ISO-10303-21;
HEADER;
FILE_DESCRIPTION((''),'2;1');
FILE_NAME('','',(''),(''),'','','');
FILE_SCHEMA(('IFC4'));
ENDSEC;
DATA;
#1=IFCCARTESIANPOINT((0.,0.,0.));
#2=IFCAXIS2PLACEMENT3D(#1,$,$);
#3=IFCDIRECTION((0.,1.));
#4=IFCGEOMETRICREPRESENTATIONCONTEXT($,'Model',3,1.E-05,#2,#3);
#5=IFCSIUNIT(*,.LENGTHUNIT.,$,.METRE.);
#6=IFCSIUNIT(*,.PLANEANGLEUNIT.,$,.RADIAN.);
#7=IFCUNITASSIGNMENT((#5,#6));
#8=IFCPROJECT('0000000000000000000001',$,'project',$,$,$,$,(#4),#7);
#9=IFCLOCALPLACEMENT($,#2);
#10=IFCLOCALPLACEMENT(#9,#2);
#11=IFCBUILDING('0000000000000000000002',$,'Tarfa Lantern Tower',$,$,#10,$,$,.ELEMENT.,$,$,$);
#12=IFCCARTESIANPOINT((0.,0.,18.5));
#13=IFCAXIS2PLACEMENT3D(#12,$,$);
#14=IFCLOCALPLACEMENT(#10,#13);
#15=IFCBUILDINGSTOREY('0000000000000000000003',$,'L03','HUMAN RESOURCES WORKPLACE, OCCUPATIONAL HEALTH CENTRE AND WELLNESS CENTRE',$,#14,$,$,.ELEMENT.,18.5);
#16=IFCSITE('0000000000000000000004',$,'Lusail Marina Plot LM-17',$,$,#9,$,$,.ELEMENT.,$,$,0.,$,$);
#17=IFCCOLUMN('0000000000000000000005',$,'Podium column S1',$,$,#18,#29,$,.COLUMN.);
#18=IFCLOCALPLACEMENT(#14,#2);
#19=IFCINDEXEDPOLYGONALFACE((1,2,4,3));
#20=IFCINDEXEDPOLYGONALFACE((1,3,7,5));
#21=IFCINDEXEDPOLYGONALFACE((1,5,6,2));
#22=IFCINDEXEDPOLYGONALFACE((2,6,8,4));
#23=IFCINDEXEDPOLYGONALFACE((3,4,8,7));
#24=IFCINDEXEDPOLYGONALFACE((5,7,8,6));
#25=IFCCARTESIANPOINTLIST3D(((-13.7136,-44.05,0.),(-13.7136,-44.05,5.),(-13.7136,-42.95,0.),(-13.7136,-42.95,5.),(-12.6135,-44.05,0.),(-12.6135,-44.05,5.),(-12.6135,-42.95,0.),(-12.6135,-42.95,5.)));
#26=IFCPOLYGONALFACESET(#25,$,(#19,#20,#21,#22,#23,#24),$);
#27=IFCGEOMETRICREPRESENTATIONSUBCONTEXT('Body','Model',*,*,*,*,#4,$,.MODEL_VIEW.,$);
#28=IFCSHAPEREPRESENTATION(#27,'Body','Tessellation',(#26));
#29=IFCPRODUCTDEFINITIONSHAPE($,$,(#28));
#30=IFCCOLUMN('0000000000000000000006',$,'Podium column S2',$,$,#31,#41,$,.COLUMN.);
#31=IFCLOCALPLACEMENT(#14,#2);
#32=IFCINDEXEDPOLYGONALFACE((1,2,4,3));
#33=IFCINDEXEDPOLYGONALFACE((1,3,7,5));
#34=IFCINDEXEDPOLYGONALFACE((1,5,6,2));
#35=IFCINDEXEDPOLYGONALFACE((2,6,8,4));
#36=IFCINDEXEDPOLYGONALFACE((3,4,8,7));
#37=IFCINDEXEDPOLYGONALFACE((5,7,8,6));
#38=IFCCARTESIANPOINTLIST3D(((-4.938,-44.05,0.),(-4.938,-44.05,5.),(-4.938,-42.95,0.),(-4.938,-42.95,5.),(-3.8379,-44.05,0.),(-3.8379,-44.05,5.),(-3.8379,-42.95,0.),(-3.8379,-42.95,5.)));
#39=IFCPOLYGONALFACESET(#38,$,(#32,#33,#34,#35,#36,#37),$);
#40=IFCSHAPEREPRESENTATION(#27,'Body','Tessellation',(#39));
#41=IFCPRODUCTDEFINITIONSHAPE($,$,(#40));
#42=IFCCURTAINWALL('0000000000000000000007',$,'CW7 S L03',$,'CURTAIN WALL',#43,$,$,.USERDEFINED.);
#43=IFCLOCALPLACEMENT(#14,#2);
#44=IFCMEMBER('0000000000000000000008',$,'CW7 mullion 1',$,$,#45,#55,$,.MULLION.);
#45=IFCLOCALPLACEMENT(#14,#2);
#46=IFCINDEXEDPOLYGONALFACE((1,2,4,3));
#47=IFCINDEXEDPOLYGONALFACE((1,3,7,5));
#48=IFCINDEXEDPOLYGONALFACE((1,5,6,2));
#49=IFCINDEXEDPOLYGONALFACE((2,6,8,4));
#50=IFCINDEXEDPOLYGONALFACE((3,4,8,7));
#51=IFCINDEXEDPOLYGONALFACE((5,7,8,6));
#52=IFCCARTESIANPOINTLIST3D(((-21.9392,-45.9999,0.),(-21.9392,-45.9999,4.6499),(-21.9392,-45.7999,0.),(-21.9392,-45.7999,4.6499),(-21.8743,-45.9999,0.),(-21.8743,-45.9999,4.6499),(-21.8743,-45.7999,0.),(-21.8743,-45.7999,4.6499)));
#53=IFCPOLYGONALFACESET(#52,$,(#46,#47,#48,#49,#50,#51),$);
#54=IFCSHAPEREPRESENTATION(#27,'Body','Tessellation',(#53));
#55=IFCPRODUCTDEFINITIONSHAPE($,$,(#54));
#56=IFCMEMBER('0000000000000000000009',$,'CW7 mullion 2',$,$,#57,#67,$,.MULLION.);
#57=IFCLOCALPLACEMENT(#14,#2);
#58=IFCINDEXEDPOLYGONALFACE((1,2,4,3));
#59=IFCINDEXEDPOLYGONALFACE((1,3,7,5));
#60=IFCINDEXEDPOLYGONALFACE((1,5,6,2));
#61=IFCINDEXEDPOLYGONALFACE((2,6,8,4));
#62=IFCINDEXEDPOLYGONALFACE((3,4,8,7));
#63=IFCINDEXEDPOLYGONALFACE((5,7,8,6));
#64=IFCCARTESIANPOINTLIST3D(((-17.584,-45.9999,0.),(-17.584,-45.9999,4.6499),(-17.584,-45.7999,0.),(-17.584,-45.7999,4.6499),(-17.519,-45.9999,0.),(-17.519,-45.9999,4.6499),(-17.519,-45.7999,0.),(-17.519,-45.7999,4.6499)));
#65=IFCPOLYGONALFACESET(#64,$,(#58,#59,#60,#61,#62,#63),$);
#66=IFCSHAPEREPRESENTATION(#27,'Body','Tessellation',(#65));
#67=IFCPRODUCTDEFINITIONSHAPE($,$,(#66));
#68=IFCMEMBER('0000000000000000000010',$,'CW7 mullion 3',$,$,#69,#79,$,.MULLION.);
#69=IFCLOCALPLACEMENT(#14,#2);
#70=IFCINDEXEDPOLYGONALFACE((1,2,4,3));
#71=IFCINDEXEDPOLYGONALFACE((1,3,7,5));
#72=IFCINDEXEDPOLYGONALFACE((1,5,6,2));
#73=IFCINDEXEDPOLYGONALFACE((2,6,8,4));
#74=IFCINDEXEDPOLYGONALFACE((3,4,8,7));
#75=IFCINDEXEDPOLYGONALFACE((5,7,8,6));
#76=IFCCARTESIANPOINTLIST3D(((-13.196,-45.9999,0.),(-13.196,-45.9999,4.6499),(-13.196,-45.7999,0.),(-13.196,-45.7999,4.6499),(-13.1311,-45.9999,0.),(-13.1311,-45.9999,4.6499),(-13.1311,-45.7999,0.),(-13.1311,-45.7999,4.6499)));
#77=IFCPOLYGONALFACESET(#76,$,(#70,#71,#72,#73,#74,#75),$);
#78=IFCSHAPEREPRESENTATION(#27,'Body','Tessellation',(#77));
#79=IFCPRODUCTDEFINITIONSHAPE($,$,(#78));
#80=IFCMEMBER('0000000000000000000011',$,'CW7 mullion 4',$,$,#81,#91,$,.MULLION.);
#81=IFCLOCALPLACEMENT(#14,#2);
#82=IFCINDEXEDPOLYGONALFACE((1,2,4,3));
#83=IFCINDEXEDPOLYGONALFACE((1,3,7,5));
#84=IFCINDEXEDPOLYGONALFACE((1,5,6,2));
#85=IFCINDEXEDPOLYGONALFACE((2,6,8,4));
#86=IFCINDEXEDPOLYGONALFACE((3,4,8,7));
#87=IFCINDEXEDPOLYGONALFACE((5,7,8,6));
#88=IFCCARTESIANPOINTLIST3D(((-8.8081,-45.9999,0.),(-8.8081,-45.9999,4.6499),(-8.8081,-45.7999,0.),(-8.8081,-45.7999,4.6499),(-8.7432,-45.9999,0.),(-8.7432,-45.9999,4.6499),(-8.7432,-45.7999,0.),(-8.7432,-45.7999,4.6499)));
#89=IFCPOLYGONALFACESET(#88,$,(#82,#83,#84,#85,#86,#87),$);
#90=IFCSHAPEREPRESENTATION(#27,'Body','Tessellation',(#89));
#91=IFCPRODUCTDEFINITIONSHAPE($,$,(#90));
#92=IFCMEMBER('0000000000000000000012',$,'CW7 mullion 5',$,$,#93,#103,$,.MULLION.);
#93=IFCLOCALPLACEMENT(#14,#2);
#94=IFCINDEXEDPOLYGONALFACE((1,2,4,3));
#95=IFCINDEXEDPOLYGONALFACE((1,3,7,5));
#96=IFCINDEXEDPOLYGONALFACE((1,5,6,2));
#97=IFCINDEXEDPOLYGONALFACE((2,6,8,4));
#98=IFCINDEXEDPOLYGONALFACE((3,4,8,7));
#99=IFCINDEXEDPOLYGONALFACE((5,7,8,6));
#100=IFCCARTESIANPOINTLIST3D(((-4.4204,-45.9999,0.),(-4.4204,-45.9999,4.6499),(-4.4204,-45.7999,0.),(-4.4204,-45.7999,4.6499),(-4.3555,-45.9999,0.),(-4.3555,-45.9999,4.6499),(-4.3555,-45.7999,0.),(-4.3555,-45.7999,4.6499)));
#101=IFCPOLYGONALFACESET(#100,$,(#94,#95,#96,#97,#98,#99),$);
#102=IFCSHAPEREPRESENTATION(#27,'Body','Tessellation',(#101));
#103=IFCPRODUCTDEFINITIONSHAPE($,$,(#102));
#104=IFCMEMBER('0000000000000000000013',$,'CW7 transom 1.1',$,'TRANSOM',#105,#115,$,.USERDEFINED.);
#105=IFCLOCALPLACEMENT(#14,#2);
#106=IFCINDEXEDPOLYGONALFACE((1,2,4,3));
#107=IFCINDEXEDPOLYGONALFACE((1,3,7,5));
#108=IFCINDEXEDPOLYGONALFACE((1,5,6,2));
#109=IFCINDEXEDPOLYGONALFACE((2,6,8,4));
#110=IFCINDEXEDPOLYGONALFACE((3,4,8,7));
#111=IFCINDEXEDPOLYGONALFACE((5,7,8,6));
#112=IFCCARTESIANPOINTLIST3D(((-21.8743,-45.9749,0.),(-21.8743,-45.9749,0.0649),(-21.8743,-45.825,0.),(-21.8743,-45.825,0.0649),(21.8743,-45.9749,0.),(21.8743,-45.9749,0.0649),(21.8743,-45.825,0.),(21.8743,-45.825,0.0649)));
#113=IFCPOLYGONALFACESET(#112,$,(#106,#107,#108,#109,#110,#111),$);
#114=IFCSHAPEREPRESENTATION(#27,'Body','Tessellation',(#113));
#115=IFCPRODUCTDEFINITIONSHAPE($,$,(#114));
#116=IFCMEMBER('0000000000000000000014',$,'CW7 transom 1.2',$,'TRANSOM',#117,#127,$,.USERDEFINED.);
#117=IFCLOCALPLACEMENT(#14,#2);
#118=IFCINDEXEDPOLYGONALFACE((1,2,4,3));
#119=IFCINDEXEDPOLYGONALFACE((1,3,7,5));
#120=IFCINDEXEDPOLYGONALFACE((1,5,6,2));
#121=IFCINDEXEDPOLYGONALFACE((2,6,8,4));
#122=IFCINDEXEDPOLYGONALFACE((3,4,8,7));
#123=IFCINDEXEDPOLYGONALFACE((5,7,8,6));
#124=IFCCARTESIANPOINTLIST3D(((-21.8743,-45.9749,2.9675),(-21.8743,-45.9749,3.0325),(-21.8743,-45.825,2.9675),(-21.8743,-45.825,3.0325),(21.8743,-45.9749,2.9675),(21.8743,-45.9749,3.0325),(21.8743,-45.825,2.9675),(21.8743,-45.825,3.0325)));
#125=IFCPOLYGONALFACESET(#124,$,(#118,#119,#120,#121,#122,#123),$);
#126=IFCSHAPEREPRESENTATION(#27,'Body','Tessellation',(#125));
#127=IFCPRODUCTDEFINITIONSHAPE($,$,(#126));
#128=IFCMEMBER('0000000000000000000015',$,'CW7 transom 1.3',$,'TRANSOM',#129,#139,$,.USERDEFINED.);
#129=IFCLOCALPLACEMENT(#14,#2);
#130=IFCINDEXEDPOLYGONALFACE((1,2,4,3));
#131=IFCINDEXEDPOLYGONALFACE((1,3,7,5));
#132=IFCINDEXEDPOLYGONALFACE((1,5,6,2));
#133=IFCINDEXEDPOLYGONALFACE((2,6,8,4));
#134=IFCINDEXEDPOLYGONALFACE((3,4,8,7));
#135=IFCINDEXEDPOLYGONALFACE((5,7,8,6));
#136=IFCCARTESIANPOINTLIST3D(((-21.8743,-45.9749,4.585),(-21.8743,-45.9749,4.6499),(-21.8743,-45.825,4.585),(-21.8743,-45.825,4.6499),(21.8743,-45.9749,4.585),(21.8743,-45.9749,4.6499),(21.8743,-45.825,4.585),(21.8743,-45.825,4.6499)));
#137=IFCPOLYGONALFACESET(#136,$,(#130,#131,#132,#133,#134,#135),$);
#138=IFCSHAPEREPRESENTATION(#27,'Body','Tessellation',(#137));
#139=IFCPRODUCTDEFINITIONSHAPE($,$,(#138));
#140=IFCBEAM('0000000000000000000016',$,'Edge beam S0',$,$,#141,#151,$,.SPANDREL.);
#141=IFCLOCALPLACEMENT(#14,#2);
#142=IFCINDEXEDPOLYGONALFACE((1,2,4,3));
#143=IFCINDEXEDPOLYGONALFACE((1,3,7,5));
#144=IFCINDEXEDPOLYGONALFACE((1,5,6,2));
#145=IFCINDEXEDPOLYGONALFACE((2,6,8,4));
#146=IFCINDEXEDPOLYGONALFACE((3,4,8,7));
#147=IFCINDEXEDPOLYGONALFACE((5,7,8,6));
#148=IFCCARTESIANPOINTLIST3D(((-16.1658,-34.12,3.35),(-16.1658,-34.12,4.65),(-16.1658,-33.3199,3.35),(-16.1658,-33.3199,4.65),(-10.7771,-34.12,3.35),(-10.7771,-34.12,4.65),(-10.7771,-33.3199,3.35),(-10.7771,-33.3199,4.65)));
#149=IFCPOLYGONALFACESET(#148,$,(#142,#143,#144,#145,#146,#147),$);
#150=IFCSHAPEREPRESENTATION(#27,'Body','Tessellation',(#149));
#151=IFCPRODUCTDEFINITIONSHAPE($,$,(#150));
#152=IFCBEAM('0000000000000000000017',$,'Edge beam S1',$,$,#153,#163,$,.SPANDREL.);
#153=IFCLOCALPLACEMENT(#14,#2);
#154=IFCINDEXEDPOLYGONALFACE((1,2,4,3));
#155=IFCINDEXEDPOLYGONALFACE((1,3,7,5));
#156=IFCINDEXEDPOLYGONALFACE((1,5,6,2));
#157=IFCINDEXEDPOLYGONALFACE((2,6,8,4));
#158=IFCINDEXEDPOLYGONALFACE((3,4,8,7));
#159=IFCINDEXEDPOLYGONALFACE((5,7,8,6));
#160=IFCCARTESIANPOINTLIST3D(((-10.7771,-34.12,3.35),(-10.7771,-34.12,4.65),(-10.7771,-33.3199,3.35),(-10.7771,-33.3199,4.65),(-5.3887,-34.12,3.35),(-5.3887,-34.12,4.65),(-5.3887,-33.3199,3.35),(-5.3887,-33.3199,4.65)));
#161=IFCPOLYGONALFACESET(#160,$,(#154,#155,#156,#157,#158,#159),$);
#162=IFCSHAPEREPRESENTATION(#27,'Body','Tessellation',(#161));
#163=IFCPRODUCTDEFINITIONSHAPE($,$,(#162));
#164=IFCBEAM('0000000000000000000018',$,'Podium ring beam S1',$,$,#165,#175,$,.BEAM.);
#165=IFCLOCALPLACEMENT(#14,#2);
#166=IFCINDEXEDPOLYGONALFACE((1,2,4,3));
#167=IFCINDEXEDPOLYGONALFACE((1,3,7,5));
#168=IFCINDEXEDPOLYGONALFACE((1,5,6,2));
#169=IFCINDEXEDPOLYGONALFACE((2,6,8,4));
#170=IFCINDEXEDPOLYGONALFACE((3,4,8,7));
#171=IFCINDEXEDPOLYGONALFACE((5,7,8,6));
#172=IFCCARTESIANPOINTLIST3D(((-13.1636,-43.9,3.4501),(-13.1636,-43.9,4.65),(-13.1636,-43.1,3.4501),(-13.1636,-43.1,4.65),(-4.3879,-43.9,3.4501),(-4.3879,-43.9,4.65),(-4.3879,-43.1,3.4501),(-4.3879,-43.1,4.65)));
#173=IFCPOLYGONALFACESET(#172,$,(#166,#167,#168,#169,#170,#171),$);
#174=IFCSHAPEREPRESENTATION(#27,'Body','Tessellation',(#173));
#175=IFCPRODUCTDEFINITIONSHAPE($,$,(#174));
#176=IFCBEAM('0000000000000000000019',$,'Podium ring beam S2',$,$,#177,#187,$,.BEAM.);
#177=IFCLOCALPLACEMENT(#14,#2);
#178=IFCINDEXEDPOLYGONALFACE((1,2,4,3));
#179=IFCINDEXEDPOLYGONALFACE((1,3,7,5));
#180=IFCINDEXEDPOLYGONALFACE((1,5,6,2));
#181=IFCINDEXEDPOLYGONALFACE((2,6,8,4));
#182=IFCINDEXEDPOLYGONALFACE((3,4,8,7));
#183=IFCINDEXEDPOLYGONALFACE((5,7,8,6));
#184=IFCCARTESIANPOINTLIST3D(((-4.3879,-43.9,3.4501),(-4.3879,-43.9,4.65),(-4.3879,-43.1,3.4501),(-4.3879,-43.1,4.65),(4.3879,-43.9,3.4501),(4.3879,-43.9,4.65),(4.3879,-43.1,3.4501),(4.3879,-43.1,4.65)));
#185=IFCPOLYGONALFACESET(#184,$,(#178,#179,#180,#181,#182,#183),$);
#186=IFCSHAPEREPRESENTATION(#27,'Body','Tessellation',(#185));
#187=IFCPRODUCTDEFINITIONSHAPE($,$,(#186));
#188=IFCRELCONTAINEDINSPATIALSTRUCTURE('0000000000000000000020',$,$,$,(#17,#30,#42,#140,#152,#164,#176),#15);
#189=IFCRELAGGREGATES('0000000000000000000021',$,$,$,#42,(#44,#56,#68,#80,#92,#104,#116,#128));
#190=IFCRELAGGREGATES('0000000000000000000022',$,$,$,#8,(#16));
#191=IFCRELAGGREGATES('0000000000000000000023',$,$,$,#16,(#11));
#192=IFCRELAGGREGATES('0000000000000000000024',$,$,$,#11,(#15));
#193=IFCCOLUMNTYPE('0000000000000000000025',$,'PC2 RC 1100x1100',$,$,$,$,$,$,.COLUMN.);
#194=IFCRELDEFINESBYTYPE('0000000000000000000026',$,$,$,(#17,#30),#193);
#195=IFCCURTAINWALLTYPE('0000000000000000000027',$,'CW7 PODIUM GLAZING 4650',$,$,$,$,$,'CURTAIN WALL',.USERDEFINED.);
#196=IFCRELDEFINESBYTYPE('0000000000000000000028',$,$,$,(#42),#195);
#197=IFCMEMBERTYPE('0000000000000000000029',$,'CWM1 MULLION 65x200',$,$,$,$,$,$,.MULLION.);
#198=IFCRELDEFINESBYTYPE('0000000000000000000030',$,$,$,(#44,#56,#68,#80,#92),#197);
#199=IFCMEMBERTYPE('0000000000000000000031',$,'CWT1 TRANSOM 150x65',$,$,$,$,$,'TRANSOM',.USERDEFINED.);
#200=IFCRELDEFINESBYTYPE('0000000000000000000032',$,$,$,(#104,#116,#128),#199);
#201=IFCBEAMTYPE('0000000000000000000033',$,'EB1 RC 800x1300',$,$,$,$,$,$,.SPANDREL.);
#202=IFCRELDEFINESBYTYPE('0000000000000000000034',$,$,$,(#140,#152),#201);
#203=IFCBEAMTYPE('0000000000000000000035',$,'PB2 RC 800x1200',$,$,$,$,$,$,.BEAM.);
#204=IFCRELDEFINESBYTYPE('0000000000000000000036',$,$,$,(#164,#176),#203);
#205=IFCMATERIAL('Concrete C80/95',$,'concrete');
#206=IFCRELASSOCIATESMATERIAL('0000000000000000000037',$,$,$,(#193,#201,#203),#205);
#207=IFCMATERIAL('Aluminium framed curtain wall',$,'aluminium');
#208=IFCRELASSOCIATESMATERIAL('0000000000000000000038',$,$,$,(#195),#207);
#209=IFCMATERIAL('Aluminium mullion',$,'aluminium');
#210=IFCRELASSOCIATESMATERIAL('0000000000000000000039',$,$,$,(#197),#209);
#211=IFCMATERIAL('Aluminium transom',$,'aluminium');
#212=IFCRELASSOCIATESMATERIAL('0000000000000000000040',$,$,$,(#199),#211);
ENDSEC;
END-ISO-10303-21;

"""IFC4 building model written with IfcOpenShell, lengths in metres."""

from ifc_helpers import new_model, si_unit, direction, frame, origin, origin_2d, place, context, subcontext, project, spatial, rectangle, extrude, material, material_profile, profile_set, type_object, element, aggregate, save


model = new_model("IFC4")

# Units and contexts
model_context = context("Model", 3, precision=1e-05, world=origin(), true_north=direction((0.0, 1.0)))
body_context = subcontext(model_context, "Body", "Model", "MODEL_VIEW")
ifc_project = project(units=[si_unit("LENGTHUNIT", "METRE"), si_unit("PLANEANGLEUNIT", "RADIAN")], contexts=[model_context])

# Site, building, storey
site_placement = place(None, origin())
site = spatial("IfcSite", under=ifc_project, at=site_placement, Name="Lusail Marina Plot LM-17", CompositionType="ELEMENT", RefElevation=0.0)
building_placement = place(site_placement, origin())
building = spatial("IfcBuilding", under=site, at=building_placement, Name="Tarfa Lantern Tower", CompositionType="ELEMENT")
storey_placement = place(building_placement, frame((0.0, 0.0, 18.5)))
storey = spatial("IfcBuildingStorey", under=building, at=storey_placement, Name="L03", Description="HUMAN RESOURCES WORKPLACE, OCCUPATIONAL HEALTH CENTRE AND WELLNESS CENTRE", CompositionType="ELEMENT", Elevation=18.5)

# Columns
ifc_material_1 = material(Name="Concrete C80/95", Category="concrete")
ifc_material_profile_1 = material_profile(ifc_material_1, rectangle(XDim=1.1001, YDim=1.1001, at=origin_2d()), Name="RC 1100x1100")
ifc_profile_set_1 = profile_set([ifc_material_profile_1], Name="Concrete C80/95")
column_type = type_object("IfcColumnType", Name="PC2 RC 1100x1100", PredefinedType="COLUMN", material=ifc_profile_set_1)
for number, where, z_axis, x_axis, name in (
    (1, (-13.1636, -43.5, 0.0), (0.0, 0.0, 1.0), (1.0, 0.0, 0.0), "Podium column S1"),
    (2, (-4.3879, -43.5, 0.0), (0.0, 0.0, 1.0), (1.0, 0.0, 0.0), "Podium column S2"),
):
    element("IfcColumn", number, at=place(storey_placement, frame(where, z_axis=z_axis, x_axis=x_axis)), inside=storey, type_object=column_type, Name=name, PredefinedType="COLUMN", context=body_context, shape_type="SweptSolid", body=[
        extrude(rectangle(XDim=1.1001, YDim=1.1001, at=origin_2d()), origin(), (0.0, 0.0, 1.0), 5.0),
    ])

# Curtain wall, members
ifc_material_2 = material(Name="Aluminium framed curtain wall", Category="aluminium")
curtain_wall_type = type_object("IfcCurtainWallType", Name="CW7 PODIUM GLAZING 4650", ElementType="CURTAIN WALL", PredefinedType="USERDEFINED", material=ifc_material_2)
curtain_wall_placement = place(storey_placement, origin())
curtain_wall = element("IfcCurtainWall", 3, at=curtain_wall_placement, inside=storey, type_object=curtain_wall_type, Name="CW7 S L03", ObjectType="CURTAIN WALL", PredefinedType="USERDEFINED")
ifc_material_3 = material(Name="Aluminium mullion", Category="aluminium")
ifc_material_profile_2 = material_profile(ifc_material_3, rectangle(XDim=0.0649, YDim=0.2, at=origin_2d()), Name="AL MULLION 65x200")
ifc_profile_set_2 = profile_set([ifc_material_profile_2], Name="Aluminium mullion")
member_type_1 = type_object("IfcMemberType", Name="CWM1 MULLION 65x200", PredefinedType="MULLION", material=ifc_profile_set_2)
member_1_placement = place(storey_placement, frame((-21.9067, -45.8999, 0.0), z_axis=(0.0, 0.0, 1.0), x_axis=(1.0, 0.0, 0.0)))
member_1 = element("IfcMember", 4, at=member_1_placement, type_object=member_type_1, Name="CW7 mullion 1", PredefinedType="MULLION", context=body_context, shape_type="SweptSolid", body=[
    extrude(rectangle(XDim=0.0649, YDim=0.2, at=origin_2d()), origin(), (0.0, 0.0, 1.0), 4.6499),
])
member_2_placement = place(storey_placement, frame((-17.5515, -45.8999, 0.0), z_axis=(0.0, 0.0, 1.0), x_axis=(1.0, 0.0, 0.0)))
member_2 = element("IfcMember", 5, at=member_2_placement, type_object=member_type_1, Name="CW7 mullion 2", PredefinedType="MULLION", context=body_context, shape_type="SweptSolid", body=[
    extrude(rectangle(XDim=0.0649, YDim=0.2, at=origin_2d()), origin(), (0.0, 0.0, 1.0), 4.6499),
])
member_3_placement = place(storey_placement, frame((-13.1636, -45.8999, 0.0), z_axis=(0.0, 0.0, 1.0), x_axis=(1.0, 0.0, 0.0)))
member_3 = element("IfcMember", 6, at=member_3_placement, type_object=member_type_1, Name="CW7 mullion 3", PredefinedType="MULLION", context=body_context, shape_type="SweptSolid", body=[
    extrude(rectangle(XDim=0.0649, YDim=0.2, at=origin_2d()), origin(), (0.0, 0.0, 1.0), 4.6499),
])
member_4_placement = place(storey_placement, frame((-8.7756, -45.8999, 0.0), z_axis=(0.0, 0.0, 1.0), x_axis=(1.0, 0.0, 0.0)))
member_4 = element("IfcMember", 7, at=member_4_placement, type_object=member_type_1, Name="CW7 mullion 4", PredefinedType="MULLION", context=body_context, shape_type="SweptSolid", body=[
    extrude(rectangle(XDim=0.0649, YDim=0.2, at=origin_2d()), origin(), (0.0, 0.0, 1.0), 4.6499),
])
member_5_placement = place(storey_placement, frame((-4.3879, -45.8999, 0.0), z_axis=(0.0, 0.0, 1.0), x_axis=(1.0, 0.0, 0.0)))
member_5 = element("IfcMember", 8, at=member_5_placement, type_object=member_type_1, Name="CW7 mullion 5", PredefinedType="MULLION", context=body_context, shape_type="SweptSolid", body=[
    extrude(rectangle(XDim=0.0649, YDim=0.2, at=origin_2d()), origin(), (0.0, 0.0, 1.0), 4.6499),
])
ifc_material_4 = material(Name="Aluminium transom", Category="aluminium")
ifc_material_profile_3 = material_profile(ifc_material_4, rectangle(XDim=0.1499, YDim=0.0649, at=origin_2d()), Name="AL TRANSOM 150x65")
ifc_profile_set_3 = profile_set([ifc_material_profile_3], Name="Aluminium transom")
member_type_2 = type_object("IfcMemberType", Name="CWT1 TRANSOM 150x65", ElementType="TRANSOM", PredefinedType="USERDEFINED", material=ifc_profile_set_3)
member_6_placement = place(storey_placement, frame((-21.8743, -45.8999, 0.0325), z_axis=(1.0, 0.0, 0.0), x_axis=(0.0, 1.0, 0.0)))
member_6 = element("IfcMember", 9, at=member_6_placement, type_object=member_type_2, Name="CW7 transom 1.1", ObjectType="TRANSOM", PredefinedType="USERDEFINED", context=body_context, shape_type="SweptSolid", body=[
    extrude(rectangle(XDim=0.1499, YDim=0.0649, at=origin_2d()), origin(), (0.0, 0.0, 1.0), 43.7485),
])
member_7_placement = place(storey_placement, frame((-21.8743, -45.8999, 3.0), z_axis=(1.0, 0.0, 0.0), x_axis=(0.0, 1.0, 0.0)))
member_7 = element("IfcMember", 10, at=member_7_placement, type_object=member_type_2, Name="CW7 transom 1.2", ObjectType="TRANSOM", PredefinedType="USERDEFINED", context=body_context, shape_type="SweptSolid", body=[
    extrude(rectangle(XDim=0.1499, YDim=0.0649, at=origin_2d()), origin(), (0.0, 0.0, 1.0), 43.7485),
])
member_8_placement = place(storey_placement, frame((-21.8743, -45.8999, 4.6174), z_axis=(1.0, 0.0, 0.0), x_axis=(0.0, 1.0, 0.0)))
member_8 = element("IfcMember", 11, at=member_8_placement, type_object=member_type_2, Name="CW7 transom 1.3", ObjectType="TRANSOM", PredefinedType="USERDEFINED", context=body_context, shape_type="SweptSolid", body=[
    extrude(rectangle(XDim=0.1499, YDim=0.0649, at=origin_2d()), origin(), (0.0, 0.0, 1.0), 43.7485),
])

# Beams
ifc_material_profile_4 = material_profile(ifc_material_1, rectangle(XDim=0.8, YDim=1.3, at=origin_2d()), Name="RC 800x1300")
ifc_profile_set_4 = profile_set([ifc_material_profile_4], Name="Concrete C80/95")
beam_type_1 = type_object("IfcBeamType", Name="EB1 RC 800x1300", PredefinedType="SPANDREL", material=ifc_profile_set_4)
beam_1_placement = place(storey_placement, frame((-16.1658, -33.72, 4.0), z_axis=(1.0, 0.0, 0.0), x_axis=(0.0, 1.0, 0.0)))
element("IfcBeam", 12, at=beam_1_placement, inside=storey, type_object=beam_type_1, Name="Edge beam S0", PredefinedType="SPANDREL", context=body_context, shape_type="SweptSolid", body=[
    extrude(rectangle(XDim=0.8, YDim=1.3, at=origin_2d()), origin(), (0.0, 0.0, 1.0), 5.3887),
])
beam_2_placement = place(storey_placement, frame((-10.7771, -33.72, 4.0), z_axis=(1.0, 0.0, 0.0), x_axis=(0.0, 1.0, 0.0)))
element("IfcBeam", 13, at=beam_2_placement, inside=storey, type_object=beam_type_1, Name="Edge beam S1", PredefinedType="SPANDREL", context=body_context, shape_type="SweptSolid", body=[
    extrude(rectangle(XDim=0.8, YDim=1.3, at=origin_2d()), origin(), (0.0, 0.0, 1.0), 5.3884),
])
ifc_material_profile_5 = material_profile(ifc_material_1, rectangle(XDim=0.8, YDim=1.2, at=origin_2d()), Name="RC 800x1200")
ifc_profile_set_5 = profile_set([ifc_material_profile_5], Name="Concrete C80/95")
beam_type_2 = type_object("IfcBeamType", Name="PB2 RC 800x1200", PredefinedType="BEAM", material=ifc_profile_set_5)
beam_3_placement = place(storey_placement, frame((-13.1636, -43.5, 4.05), z_axis=(1.0, 0.0, 0.0), x_axis=(0.0, 1.0, 0.0)))
element("IfcBeam", 14, at=beam_3_placement, inside=storey, type_object=beam_type_2, Name="Podium ring beam S1", PredefinedType="BEAM", context=body_context, shape_type="SweptSolid", body=[
    extrude(rectangle(XDim=0.8, YDim=1.2, at=origin_2d()), origin(), (0.0, 0.0, 1.0), 8.7756),
])
beam_4_placement = place(storey_placement, frame((-4.3879, -43.5, 4.05), z_axis=(1.0, 0.0, 0.0), x_axis=(0.0, 1.0, 0.0)))
element("IfcBeam", 15, at=beam_4_placement, inside=storey, type_object=beam_type_2, Name="Podium ring beam S2", PredefinedType="BEAM", context=body_context, shape_type="SweptSolid", body=[
    extrude(rectangle(XDim=0.8, YDim=1.2, at=origin_2d()), origin(), (0.0, 0.0, 1.0), 8.7759),
])

aggregate(curtain_wall, [member_1, member_2, member_3, member_4, member_5, member_6, member_7, member_8])

save(model, "model.ifc")
